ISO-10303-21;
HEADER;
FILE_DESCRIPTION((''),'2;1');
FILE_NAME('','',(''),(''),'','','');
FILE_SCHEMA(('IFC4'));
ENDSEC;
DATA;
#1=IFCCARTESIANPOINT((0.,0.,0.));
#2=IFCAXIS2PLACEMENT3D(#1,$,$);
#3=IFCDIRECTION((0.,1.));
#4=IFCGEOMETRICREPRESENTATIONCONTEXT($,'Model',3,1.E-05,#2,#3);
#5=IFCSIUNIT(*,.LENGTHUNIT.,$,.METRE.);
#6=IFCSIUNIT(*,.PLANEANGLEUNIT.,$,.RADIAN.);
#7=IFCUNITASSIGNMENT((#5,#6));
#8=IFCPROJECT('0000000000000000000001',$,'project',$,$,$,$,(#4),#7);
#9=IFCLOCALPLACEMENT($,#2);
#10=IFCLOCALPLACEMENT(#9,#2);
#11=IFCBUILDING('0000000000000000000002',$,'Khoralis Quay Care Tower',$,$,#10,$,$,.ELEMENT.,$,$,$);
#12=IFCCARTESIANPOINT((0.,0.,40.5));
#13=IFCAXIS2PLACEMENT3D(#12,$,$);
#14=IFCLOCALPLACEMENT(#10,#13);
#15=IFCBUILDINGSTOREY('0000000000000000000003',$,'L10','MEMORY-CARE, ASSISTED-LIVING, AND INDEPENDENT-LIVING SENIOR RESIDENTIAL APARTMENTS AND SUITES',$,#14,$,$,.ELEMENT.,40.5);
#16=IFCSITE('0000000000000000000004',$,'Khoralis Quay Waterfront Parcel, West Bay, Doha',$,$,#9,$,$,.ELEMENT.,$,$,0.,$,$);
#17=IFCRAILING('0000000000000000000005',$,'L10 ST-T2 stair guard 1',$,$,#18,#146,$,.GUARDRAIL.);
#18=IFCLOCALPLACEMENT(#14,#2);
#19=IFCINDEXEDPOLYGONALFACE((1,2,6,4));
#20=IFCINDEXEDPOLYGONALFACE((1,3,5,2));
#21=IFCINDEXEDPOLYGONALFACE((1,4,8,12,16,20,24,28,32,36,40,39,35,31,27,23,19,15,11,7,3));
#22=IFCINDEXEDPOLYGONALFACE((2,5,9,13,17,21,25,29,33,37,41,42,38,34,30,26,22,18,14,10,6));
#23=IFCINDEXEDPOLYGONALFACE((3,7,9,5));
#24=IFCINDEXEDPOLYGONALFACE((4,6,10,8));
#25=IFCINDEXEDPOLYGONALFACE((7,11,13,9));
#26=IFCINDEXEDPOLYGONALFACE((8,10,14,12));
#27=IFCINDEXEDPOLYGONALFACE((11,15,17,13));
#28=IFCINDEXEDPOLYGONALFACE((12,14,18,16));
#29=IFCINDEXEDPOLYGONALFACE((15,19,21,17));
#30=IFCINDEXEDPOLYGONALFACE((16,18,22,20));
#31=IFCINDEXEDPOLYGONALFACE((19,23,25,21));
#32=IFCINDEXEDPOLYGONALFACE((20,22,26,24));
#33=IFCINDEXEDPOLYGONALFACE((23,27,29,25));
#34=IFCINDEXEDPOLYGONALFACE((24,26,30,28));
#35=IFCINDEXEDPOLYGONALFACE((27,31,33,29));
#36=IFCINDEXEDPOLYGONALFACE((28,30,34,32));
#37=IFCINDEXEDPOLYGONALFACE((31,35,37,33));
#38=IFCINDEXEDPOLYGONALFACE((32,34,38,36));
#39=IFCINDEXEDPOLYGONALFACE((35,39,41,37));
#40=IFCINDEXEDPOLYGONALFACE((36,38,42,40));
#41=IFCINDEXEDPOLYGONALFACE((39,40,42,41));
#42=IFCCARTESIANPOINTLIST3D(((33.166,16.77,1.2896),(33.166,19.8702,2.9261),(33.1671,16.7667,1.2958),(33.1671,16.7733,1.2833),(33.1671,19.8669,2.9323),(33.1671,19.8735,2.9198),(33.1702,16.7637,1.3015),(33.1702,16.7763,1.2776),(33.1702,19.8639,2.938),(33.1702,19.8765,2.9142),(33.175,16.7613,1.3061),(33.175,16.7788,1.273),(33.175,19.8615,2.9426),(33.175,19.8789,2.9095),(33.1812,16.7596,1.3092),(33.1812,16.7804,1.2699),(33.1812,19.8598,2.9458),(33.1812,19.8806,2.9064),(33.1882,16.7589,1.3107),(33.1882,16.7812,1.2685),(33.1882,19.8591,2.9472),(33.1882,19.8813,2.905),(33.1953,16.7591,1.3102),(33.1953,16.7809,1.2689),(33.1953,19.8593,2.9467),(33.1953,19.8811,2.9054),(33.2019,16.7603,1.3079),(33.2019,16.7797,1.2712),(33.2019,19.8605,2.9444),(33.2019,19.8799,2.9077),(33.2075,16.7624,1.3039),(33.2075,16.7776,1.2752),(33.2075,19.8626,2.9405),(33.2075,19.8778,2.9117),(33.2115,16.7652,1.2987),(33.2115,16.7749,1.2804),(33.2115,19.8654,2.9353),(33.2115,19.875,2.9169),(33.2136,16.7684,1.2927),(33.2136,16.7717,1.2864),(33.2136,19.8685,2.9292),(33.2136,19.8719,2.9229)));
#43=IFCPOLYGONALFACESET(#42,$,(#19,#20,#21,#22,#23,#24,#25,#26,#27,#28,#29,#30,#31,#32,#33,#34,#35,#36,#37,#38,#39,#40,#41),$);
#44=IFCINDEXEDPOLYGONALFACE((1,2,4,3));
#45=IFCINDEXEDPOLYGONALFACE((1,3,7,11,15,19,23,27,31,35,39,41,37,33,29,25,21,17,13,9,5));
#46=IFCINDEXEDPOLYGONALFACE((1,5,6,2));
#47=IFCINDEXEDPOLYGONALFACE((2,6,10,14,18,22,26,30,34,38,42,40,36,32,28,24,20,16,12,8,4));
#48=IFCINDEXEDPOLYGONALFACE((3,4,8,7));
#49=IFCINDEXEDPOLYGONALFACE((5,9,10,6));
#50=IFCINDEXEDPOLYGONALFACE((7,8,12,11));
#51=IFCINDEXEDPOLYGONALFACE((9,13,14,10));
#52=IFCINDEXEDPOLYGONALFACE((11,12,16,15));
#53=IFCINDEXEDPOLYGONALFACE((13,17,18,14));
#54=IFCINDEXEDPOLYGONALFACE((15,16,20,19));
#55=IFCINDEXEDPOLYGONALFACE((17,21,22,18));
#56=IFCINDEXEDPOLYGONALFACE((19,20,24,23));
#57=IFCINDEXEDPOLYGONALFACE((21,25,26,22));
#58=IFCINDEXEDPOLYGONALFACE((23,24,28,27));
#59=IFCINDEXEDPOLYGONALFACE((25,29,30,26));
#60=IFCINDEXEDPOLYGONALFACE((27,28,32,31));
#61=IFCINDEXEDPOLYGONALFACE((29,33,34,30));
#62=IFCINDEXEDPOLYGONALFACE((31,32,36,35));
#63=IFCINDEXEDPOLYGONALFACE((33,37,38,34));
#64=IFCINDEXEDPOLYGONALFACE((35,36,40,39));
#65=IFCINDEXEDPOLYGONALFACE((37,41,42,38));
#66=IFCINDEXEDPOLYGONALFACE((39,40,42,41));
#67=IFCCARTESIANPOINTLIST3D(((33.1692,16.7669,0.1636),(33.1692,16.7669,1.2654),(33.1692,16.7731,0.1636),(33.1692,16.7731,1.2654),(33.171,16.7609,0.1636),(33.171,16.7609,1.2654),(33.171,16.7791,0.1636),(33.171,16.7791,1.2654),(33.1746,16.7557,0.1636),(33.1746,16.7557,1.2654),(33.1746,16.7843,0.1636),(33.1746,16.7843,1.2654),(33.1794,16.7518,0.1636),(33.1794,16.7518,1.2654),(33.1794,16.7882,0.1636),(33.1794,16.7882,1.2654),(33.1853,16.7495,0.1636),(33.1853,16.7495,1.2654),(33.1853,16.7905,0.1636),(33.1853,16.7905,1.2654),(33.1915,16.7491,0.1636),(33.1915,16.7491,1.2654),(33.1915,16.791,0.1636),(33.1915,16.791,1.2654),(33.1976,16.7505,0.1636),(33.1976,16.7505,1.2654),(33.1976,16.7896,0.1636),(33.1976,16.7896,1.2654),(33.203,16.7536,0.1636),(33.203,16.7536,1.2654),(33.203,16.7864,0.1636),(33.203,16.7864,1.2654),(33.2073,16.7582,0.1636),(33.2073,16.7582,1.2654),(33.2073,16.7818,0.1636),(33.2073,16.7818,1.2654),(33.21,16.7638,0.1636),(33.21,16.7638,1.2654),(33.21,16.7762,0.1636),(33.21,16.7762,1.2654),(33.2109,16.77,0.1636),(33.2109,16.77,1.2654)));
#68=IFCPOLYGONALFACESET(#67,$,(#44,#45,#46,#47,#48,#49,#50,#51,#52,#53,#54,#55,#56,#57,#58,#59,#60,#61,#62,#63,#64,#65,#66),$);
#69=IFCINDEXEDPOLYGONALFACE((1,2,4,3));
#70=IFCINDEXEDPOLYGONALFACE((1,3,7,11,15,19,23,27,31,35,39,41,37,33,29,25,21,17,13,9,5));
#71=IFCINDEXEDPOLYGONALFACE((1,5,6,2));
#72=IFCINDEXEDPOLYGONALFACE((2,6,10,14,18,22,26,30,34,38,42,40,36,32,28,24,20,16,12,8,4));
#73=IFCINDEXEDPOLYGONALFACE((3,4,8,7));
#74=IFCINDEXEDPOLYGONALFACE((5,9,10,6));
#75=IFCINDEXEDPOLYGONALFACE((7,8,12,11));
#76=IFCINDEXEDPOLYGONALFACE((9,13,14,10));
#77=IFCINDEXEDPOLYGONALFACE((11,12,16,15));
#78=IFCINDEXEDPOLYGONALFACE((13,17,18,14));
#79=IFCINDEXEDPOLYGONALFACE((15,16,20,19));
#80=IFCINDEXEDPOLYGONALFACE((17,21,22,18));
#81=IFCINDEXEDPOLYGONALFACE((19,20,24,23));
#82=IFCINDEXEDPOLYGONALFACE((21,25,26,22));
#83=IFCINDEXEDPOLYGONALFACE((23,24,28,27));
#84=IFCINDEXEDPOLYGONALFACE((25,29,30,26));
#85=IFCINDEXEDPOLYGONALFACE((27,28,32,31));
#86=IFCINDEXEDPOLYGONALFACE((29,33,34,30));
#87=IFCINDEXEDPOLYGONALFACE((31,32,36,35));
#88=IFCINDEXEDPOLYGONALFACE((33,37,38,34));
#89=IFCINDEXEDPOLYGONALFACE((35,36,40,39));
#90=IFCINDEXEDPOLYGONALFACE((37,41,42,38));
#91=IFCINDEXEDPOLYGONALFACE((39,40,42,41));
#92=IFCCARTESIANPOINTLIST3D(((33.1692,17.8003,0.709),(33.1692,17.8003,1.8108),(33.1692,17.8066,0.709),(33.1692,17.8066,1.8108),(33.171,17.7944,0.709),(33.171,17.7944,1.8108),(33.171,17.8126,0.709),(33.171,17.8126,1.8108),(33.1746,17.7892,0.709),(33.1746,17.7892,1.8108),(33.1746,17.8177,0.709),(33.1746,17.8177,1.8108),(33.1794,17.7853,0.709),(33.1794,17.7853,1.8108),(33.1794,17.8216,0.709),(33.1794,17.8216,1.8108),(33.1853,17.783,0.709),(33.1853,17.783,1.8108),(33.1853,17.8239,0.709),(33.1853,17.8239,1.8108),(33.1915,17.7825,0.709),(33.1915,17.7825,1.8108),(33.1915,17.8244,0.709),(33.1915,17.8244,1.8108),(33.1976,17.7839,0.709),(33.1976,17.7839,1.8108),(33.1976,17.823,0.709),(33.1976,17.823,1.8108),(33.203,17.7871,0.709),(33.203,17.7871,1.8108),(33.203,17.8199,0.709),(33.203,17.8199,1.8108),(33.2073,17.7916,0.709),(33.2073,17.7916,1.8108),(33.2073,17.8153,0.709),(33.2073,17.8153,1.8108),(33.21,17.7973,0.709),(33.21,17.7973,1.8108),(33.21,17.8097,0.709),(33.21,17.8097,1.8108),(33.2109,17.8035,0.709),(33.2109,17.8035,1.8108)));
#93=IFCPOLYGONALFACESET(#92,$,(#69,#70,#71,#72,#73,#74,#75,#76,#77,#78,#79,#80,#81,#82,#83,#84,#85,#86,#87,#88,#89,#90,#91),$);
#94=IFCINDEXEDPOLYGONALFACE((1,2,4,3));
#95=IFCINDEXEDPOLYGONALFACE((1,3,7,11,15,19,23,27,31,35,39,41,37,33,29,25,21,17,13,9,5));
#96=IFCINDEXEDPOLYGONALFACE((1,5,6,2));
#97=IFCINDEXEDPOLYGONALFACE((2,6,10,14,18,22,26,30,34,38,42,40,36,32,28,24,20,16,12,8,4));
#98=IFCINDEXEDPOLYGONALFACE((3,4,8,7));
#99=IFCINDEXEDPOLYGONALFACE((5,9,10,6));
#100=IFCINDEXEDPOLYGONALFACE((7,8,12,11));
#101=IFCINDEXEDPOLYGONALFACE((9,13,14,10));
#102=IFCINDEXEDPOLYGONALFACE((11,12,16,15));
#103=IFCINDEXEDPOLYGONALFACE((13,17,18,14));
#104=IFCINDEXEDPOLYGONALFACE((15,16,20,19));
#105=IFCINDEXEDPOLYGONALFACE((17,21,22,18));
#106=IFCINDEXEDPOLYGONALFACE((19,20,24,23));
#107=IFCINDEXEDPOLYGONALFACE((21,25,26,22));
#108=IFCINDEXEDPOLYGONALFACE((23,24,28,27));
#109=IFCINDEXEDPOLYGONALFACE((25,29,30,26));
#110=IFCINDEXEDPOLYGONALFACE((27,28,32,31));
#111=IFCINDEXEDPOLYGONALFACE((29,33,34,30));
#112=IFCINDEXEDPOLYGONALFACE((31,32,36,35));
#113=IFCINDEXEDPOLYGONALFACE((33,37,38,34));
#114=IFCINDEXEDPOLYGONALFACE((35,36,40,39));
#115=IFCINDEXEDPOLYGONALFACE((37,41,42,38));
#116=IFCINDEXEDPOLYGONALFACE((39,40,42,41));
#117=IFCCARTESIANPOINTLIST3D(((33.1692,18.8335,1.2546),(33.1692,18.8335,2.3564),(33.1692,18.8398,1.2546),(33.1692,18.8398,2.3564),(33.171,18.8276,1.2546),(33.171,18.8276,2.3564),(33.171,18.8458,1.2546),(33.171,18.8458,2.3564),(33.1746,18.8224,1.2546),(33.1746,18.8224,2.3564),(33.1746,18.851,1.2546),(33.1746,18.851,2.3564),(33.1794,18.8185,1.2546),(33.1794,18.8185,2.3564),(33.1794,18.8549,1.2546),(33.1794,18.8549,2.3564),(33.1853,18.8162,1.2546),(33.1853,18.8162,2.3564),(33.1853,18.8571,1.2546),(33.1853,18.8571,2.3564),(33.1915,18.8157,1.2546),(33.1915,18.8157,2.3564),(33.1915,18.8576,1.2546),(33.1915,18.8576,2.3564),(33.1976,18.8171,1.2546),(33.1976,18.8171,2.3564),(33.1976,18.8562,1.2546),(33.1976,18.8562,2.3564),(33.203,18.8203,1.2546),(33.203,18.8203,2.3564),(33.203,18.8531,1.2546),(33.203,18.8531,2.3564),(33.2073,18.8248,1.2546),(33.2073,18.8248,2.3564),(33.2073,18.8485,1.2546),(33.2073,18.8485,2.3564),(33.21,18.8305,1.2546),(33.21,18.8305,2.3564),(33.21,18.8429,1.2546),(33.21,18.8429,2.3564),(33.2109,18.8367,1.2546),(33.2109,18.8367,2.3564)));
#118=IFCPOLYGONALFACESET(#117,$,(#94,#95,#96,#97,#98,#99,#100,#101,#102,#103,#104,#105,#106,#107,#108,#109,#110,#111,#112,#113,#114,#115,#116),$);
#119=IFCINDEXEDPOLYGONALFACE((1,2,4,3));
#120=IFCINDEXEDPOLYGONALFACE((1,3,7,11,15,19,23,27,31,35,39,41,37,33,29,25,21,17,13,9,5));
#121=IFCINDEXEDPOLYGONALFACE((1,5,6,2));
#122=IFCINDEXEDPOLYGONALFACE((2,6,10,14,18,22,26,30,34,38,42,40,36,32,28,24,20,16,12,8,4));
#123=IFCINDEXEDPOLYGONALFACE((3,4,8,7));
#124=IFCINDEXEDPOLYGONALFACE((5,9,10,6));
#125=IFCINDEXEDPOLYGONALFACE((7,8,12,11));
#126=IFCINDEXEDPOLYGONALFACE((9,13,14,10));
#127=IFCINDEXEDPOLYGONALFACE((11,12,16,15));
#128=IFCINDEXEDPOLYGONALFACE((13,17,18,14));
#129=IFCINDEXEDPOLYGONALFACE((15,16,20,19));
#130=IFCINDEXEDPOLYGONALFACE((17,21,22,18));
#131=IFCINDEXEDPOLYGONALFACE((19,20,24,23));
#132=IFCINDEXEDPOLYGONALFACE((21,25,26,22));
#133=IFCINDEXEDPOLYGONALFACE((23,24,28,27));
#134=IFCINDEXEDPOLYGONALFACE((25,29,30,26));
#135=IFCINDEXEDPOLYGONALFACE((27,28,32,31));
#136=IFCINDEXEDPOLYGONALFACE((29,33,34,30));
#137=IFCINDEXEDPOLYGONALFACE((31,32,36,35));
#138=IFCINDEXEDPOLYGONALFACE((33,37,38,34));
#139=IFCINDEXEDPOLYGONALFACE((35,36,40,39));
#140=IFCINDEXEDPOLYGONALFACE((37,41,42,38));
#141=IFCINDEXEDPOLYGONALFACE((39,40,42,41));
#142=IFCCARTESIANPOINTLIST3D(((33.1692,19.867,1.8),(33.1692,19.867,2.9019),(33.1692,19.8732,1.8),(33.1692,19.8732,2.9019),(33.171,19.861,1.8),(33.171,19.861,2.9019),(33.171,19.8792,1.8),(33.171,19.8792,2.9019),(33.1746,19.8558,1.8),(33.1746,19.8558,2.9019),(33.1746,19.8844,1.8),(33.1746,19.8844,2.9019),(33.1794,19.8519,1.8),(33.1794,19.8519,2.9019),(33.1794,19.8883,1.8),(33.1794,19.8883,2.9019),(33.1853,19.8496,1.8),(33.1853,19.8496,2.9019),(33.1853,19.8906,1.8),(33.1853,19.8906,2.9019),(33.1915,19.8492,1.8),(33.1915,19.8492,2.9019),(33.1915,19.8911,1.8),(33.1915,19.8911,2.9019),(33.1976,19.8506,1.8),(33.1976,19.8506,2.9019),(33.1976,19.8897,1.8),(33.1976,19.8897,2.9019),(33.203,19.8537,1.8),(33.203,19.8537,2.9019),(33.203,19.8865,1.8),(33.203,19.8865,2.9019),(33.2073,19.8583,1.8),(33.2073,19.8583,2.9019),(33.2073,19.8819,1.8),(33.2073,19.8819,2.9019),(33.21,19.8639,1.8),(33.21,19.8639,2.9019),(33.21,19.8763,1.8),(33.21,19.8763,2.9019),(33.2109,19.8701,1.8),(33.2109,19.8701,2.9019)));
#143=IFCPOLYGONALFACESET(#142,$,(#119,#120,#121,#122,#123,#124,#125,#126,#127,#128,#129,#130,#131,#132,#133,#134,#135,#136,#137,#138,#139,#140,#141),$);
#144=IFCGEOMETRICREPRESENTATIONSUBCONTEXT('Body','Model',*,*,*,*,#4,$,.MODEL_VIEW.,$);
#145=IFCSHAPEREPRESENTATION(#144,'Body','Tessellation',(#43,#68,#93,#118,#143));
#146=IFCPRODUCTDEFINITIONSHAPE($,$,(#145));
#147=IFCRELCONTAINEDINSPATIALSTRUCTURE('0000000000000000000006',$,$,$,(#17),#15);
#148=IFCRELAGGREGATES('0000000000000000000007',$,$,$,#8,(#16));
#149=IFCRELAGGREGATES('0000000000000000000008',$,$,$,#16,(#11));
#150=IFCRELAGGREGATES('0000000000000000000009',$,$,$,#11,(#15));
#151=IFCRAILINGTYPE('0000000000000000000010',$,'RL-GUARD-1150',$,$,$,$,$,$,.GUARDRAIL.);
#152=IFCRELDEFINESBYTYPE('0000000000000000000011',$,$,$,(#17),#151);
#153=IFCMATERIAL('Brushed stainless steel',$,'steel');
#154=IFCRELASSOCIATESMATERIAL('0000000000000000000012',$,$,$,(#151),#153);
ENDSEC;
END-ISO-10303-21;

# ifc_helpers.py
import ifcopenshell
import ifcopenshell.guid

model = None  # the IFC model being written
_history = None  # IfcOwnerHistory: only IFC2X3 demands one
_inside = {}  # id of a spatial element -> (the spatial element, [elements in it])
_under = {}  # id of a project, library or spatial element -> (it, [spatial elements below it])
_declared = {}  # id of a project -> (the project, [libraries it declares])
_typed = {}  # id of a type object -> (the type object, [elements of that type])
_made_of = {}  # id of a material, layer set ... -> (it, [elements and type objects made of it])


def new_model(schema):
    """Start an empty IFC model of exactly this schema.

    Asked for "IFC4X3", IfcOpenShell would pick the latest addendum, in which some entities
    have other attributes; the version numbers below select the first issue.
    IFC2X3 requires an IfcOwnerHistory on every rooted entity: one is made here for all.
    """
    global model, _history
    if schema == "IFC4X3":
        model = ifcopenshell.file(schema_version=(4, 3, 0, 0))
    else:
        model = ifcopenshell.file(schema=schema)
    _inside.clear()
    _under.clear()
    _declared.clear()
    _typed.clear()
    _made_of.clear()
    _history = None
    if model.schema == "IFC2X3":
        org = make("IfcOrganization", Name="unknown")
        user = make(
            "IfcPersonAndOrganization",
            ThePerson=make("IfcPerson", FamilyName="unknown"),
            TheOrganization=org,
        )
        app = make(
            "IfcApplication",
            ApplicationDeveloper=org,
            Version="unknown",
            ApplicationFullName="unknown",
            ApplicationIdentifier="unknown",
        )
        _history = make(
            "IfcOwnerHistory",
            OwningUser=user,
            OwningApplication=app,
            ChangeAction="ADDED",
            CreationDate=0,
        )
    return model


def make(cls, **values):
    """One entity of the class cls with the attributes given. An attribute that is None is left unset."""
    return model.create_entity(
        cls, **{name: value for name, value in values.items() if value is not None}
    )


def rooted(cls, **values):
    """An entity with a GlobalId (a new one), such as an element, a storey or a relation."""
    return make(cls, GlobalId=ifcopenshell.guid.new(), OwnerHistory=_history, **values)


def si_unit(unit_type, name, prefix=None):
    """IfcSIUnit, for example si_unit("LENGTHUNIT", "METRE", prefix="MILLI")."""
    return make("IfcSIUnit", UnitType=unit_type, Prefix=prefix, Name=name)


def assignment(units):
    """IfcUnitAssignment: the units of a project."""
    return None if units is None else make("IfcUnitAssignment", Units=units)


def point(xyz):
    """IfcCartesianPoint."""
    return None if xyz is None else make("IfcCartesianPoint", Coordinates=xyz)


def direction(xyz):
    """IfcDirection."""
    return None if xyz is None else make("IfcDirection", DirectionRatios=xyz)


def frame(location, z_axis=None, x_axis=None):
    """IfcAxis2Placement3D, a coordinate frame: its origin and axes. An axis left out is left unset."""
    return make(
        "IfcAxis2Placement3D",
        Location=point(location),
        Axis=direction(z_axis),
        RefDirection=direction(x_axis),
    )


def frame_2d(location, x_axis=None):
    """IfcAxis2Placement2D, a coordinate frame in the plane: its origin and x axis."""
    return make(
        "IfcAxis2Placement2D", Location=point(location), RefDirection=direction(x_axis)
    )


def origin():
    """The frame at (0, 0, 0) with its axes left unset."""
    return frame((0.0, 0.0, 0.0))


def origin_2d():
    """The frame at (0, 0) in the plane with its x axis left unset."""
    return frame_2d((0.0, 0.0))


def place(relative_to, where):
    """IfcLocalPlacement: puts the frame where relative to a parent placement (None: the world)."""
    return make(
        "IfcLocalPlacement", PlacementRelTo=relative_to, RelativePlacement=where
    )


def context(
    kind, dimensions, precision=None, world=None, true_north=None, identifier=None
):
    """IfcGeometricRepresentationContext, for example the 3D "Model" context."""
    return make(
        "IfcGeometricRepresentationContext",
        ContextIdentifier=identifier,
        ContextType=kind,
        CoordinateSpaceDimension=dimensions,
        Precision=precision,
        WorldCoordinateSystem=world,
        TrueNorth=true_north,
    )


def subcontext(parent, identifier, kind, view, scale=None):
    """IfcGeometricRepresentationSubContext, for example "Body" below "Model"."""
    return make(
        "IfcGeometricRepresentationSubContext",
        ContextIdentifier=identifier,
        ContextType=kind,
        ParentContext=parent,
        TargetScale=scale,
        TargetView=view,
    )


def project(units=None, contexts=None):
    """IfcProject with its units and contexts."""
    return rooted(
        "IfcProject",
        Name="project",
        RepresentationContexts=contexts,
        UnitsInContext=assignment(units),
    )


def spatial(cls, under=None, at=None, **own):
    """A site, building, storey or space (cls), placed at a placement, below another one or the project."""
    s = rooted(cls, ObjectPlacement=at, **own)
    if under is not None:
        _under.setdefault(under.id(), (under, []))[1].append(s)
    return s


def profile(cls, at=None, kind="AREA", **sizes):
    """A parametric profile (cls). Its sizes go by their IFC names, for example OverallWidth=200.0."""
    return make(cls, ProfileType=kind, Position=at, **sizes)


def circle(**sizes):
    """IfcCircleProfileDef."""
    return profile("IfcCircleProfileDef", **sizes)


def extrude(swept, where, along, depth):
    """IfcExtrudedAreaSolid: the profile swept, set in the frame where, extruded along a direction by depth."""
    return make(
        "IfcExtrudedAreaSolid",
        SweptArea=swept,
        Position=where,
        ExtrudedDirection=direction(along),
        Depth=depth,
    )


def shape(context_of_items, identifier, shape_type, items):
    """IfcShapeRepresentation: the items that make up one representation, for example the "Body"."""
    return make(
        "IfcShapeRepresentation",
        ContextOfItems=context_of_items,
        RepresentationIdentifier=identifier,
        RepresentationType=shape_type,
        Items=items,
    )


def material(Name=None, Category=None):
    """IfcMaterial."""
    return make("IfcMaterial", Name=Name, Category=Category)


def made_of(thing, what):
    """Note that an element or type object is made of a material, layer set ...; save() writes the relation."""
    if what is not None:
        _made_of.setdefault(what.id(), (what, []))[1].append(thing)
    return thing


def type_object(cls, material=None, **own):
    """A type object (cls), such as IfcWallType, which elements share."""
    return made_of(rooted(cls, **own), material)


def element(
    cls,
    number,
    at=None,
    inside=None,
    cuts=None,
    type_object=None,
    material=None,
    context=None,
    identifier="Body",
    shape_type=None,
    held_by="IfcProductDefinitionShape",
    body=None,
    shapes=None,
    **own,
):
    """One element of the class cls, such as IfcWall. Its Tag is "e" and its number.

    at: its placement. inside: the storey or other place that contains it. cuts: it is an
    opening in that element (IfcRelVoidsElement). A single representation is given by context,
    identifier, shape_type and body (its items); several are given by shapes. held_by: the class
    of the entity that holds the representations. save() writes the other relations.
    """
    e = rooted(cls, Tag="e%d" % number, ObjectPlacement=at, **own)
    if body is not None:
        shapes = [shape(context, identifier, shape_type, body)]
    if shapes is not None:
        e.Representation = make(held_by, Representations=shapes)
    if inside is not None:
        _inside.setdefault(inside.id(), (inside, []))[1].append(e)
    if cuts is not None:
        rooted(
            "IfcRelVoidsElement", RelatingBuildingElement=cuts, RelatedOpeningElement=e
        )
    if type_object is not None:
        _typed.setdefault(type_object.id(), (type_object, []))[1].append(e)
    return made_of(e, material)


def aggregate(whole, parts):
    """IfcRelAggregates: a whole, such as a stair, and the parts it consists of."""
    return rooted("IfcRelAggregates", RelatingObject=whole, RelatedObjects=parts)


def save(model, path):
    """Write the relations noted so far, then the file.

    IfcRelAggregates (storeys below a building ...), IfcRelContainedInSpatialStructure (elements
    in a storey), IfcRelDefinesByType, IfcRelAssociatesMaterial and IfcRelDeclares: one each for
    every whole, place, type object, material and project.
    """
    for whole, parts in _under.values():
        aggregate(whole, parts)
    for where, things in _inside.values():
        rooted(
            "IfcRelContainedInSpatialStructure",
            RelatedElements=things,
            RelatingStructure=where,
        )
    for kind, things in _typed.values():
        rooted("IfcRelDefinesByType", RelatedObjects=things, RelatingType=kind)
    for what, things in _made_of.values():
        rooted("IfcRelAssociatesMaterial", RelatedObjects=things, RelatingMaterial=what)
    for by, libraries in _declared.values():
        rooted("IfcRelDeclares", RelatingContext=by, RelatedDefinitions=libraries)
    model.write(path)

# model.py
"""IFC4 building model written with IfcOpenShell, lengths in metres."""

from ifc_helpers import new_model, si_unit, direction, frame, origin, origin_2d, place, context, subcontext, project, spatial, circle, extrude, material, type_object, element, save


model = new_model("IFC4")

# Units and contexts
model_context = context("Model", 3, precision=1e-05, world=origin(), true_north=direction((0.0, 1.0)))
body_context = subcontext(model_context, "Body", "Model", "MODEL_VIEW")
ifc_project = project(units=[si_unit("LENGTHUNIT", "METRE"), si_unit("PLANEANGLEUNIT", "RADIAN")], contexts=[model_context])

# Site, building, storey
site_placement = place(None, origin())
site = spatial("IfcSite", under=ifc_project, at=site_placement, Name="Khoralis Quay Waterfront Parcel, West Bay, Doha", CompositionType="ELEMENT", RefElevation=0.0)
building_placement = place(site_placement, origin())
building = spatial("IfcBuilding", under=site, at=building_placement, Name="Khoralis Quay Care Tower", CompositionType="ELEMENT")
storey_placement = place(building_placement, frame((0.0, 0.0, 40.5)))
storey = spatial("IfcBuildingStorey", under=building, at=storey_placement, Name="L10", Description="MEMORY-CARE, ASSISTED-LIVING, AND INDEPENDENT-LIVING SENIOR RESIDENTIAL APARTMENTS AND SUITES", CompositionType="ELEMENT", Elevation=40.5)

# Shared definitions
ifc_material_1 = material(Name="Brushed stainless steel", Category="steel")

# Railing
railing_type_1 = type_object("IfcRailingType", Name="RL-GUARD-1150", PredefinedType="GUARDRAIL", material=ifc_material_1)
railing_1_placement = place(storey_placement, frame((33.1899, 16.77, 0.1636)))
element("IfcRailing", 1, at=railing_1_placement, inside=storey, type_object=railing_type_1, Name="L10 ST-T2 stair guard 1", PredefinedType="GUARDRAIL", context=body_context, shape_type="SweptSolid", body=[
    extrude(circle(Radius=0.0239, at=origin_2d()), frame((0.0, 0.0, 1.126), z_axis=(0.0, 0.884348, 0.466828), x_axis=(-1.0, 0.0, 0.0)), (0.0, 0.0, 1.0), 3.5056),
    extrude(circle(Radius=0.021, at=origin_2d()), origin(), (0.0, 0.0, 1.0), 1.1018),
    extrude(circle(Radius=0.021, at=origin_2d()), frame((0.0, 1.0334, 0.5454)), (0.0, 0.0, 1.0), 1.1018),
    extrude(circle(Radius=0.021, at=origin_2d()), frame((0.0, 2.0667, 1.0911)), (0.0, 0.0, 1.0), 1.1018),
    extrude(circle(Radius=0.021, at=origin_2d()), frame((0.0, 3.1001, 1.6365)), (0.0, 0.0, 1.0), 1.1018),
])

save(model, "model.ifc")
